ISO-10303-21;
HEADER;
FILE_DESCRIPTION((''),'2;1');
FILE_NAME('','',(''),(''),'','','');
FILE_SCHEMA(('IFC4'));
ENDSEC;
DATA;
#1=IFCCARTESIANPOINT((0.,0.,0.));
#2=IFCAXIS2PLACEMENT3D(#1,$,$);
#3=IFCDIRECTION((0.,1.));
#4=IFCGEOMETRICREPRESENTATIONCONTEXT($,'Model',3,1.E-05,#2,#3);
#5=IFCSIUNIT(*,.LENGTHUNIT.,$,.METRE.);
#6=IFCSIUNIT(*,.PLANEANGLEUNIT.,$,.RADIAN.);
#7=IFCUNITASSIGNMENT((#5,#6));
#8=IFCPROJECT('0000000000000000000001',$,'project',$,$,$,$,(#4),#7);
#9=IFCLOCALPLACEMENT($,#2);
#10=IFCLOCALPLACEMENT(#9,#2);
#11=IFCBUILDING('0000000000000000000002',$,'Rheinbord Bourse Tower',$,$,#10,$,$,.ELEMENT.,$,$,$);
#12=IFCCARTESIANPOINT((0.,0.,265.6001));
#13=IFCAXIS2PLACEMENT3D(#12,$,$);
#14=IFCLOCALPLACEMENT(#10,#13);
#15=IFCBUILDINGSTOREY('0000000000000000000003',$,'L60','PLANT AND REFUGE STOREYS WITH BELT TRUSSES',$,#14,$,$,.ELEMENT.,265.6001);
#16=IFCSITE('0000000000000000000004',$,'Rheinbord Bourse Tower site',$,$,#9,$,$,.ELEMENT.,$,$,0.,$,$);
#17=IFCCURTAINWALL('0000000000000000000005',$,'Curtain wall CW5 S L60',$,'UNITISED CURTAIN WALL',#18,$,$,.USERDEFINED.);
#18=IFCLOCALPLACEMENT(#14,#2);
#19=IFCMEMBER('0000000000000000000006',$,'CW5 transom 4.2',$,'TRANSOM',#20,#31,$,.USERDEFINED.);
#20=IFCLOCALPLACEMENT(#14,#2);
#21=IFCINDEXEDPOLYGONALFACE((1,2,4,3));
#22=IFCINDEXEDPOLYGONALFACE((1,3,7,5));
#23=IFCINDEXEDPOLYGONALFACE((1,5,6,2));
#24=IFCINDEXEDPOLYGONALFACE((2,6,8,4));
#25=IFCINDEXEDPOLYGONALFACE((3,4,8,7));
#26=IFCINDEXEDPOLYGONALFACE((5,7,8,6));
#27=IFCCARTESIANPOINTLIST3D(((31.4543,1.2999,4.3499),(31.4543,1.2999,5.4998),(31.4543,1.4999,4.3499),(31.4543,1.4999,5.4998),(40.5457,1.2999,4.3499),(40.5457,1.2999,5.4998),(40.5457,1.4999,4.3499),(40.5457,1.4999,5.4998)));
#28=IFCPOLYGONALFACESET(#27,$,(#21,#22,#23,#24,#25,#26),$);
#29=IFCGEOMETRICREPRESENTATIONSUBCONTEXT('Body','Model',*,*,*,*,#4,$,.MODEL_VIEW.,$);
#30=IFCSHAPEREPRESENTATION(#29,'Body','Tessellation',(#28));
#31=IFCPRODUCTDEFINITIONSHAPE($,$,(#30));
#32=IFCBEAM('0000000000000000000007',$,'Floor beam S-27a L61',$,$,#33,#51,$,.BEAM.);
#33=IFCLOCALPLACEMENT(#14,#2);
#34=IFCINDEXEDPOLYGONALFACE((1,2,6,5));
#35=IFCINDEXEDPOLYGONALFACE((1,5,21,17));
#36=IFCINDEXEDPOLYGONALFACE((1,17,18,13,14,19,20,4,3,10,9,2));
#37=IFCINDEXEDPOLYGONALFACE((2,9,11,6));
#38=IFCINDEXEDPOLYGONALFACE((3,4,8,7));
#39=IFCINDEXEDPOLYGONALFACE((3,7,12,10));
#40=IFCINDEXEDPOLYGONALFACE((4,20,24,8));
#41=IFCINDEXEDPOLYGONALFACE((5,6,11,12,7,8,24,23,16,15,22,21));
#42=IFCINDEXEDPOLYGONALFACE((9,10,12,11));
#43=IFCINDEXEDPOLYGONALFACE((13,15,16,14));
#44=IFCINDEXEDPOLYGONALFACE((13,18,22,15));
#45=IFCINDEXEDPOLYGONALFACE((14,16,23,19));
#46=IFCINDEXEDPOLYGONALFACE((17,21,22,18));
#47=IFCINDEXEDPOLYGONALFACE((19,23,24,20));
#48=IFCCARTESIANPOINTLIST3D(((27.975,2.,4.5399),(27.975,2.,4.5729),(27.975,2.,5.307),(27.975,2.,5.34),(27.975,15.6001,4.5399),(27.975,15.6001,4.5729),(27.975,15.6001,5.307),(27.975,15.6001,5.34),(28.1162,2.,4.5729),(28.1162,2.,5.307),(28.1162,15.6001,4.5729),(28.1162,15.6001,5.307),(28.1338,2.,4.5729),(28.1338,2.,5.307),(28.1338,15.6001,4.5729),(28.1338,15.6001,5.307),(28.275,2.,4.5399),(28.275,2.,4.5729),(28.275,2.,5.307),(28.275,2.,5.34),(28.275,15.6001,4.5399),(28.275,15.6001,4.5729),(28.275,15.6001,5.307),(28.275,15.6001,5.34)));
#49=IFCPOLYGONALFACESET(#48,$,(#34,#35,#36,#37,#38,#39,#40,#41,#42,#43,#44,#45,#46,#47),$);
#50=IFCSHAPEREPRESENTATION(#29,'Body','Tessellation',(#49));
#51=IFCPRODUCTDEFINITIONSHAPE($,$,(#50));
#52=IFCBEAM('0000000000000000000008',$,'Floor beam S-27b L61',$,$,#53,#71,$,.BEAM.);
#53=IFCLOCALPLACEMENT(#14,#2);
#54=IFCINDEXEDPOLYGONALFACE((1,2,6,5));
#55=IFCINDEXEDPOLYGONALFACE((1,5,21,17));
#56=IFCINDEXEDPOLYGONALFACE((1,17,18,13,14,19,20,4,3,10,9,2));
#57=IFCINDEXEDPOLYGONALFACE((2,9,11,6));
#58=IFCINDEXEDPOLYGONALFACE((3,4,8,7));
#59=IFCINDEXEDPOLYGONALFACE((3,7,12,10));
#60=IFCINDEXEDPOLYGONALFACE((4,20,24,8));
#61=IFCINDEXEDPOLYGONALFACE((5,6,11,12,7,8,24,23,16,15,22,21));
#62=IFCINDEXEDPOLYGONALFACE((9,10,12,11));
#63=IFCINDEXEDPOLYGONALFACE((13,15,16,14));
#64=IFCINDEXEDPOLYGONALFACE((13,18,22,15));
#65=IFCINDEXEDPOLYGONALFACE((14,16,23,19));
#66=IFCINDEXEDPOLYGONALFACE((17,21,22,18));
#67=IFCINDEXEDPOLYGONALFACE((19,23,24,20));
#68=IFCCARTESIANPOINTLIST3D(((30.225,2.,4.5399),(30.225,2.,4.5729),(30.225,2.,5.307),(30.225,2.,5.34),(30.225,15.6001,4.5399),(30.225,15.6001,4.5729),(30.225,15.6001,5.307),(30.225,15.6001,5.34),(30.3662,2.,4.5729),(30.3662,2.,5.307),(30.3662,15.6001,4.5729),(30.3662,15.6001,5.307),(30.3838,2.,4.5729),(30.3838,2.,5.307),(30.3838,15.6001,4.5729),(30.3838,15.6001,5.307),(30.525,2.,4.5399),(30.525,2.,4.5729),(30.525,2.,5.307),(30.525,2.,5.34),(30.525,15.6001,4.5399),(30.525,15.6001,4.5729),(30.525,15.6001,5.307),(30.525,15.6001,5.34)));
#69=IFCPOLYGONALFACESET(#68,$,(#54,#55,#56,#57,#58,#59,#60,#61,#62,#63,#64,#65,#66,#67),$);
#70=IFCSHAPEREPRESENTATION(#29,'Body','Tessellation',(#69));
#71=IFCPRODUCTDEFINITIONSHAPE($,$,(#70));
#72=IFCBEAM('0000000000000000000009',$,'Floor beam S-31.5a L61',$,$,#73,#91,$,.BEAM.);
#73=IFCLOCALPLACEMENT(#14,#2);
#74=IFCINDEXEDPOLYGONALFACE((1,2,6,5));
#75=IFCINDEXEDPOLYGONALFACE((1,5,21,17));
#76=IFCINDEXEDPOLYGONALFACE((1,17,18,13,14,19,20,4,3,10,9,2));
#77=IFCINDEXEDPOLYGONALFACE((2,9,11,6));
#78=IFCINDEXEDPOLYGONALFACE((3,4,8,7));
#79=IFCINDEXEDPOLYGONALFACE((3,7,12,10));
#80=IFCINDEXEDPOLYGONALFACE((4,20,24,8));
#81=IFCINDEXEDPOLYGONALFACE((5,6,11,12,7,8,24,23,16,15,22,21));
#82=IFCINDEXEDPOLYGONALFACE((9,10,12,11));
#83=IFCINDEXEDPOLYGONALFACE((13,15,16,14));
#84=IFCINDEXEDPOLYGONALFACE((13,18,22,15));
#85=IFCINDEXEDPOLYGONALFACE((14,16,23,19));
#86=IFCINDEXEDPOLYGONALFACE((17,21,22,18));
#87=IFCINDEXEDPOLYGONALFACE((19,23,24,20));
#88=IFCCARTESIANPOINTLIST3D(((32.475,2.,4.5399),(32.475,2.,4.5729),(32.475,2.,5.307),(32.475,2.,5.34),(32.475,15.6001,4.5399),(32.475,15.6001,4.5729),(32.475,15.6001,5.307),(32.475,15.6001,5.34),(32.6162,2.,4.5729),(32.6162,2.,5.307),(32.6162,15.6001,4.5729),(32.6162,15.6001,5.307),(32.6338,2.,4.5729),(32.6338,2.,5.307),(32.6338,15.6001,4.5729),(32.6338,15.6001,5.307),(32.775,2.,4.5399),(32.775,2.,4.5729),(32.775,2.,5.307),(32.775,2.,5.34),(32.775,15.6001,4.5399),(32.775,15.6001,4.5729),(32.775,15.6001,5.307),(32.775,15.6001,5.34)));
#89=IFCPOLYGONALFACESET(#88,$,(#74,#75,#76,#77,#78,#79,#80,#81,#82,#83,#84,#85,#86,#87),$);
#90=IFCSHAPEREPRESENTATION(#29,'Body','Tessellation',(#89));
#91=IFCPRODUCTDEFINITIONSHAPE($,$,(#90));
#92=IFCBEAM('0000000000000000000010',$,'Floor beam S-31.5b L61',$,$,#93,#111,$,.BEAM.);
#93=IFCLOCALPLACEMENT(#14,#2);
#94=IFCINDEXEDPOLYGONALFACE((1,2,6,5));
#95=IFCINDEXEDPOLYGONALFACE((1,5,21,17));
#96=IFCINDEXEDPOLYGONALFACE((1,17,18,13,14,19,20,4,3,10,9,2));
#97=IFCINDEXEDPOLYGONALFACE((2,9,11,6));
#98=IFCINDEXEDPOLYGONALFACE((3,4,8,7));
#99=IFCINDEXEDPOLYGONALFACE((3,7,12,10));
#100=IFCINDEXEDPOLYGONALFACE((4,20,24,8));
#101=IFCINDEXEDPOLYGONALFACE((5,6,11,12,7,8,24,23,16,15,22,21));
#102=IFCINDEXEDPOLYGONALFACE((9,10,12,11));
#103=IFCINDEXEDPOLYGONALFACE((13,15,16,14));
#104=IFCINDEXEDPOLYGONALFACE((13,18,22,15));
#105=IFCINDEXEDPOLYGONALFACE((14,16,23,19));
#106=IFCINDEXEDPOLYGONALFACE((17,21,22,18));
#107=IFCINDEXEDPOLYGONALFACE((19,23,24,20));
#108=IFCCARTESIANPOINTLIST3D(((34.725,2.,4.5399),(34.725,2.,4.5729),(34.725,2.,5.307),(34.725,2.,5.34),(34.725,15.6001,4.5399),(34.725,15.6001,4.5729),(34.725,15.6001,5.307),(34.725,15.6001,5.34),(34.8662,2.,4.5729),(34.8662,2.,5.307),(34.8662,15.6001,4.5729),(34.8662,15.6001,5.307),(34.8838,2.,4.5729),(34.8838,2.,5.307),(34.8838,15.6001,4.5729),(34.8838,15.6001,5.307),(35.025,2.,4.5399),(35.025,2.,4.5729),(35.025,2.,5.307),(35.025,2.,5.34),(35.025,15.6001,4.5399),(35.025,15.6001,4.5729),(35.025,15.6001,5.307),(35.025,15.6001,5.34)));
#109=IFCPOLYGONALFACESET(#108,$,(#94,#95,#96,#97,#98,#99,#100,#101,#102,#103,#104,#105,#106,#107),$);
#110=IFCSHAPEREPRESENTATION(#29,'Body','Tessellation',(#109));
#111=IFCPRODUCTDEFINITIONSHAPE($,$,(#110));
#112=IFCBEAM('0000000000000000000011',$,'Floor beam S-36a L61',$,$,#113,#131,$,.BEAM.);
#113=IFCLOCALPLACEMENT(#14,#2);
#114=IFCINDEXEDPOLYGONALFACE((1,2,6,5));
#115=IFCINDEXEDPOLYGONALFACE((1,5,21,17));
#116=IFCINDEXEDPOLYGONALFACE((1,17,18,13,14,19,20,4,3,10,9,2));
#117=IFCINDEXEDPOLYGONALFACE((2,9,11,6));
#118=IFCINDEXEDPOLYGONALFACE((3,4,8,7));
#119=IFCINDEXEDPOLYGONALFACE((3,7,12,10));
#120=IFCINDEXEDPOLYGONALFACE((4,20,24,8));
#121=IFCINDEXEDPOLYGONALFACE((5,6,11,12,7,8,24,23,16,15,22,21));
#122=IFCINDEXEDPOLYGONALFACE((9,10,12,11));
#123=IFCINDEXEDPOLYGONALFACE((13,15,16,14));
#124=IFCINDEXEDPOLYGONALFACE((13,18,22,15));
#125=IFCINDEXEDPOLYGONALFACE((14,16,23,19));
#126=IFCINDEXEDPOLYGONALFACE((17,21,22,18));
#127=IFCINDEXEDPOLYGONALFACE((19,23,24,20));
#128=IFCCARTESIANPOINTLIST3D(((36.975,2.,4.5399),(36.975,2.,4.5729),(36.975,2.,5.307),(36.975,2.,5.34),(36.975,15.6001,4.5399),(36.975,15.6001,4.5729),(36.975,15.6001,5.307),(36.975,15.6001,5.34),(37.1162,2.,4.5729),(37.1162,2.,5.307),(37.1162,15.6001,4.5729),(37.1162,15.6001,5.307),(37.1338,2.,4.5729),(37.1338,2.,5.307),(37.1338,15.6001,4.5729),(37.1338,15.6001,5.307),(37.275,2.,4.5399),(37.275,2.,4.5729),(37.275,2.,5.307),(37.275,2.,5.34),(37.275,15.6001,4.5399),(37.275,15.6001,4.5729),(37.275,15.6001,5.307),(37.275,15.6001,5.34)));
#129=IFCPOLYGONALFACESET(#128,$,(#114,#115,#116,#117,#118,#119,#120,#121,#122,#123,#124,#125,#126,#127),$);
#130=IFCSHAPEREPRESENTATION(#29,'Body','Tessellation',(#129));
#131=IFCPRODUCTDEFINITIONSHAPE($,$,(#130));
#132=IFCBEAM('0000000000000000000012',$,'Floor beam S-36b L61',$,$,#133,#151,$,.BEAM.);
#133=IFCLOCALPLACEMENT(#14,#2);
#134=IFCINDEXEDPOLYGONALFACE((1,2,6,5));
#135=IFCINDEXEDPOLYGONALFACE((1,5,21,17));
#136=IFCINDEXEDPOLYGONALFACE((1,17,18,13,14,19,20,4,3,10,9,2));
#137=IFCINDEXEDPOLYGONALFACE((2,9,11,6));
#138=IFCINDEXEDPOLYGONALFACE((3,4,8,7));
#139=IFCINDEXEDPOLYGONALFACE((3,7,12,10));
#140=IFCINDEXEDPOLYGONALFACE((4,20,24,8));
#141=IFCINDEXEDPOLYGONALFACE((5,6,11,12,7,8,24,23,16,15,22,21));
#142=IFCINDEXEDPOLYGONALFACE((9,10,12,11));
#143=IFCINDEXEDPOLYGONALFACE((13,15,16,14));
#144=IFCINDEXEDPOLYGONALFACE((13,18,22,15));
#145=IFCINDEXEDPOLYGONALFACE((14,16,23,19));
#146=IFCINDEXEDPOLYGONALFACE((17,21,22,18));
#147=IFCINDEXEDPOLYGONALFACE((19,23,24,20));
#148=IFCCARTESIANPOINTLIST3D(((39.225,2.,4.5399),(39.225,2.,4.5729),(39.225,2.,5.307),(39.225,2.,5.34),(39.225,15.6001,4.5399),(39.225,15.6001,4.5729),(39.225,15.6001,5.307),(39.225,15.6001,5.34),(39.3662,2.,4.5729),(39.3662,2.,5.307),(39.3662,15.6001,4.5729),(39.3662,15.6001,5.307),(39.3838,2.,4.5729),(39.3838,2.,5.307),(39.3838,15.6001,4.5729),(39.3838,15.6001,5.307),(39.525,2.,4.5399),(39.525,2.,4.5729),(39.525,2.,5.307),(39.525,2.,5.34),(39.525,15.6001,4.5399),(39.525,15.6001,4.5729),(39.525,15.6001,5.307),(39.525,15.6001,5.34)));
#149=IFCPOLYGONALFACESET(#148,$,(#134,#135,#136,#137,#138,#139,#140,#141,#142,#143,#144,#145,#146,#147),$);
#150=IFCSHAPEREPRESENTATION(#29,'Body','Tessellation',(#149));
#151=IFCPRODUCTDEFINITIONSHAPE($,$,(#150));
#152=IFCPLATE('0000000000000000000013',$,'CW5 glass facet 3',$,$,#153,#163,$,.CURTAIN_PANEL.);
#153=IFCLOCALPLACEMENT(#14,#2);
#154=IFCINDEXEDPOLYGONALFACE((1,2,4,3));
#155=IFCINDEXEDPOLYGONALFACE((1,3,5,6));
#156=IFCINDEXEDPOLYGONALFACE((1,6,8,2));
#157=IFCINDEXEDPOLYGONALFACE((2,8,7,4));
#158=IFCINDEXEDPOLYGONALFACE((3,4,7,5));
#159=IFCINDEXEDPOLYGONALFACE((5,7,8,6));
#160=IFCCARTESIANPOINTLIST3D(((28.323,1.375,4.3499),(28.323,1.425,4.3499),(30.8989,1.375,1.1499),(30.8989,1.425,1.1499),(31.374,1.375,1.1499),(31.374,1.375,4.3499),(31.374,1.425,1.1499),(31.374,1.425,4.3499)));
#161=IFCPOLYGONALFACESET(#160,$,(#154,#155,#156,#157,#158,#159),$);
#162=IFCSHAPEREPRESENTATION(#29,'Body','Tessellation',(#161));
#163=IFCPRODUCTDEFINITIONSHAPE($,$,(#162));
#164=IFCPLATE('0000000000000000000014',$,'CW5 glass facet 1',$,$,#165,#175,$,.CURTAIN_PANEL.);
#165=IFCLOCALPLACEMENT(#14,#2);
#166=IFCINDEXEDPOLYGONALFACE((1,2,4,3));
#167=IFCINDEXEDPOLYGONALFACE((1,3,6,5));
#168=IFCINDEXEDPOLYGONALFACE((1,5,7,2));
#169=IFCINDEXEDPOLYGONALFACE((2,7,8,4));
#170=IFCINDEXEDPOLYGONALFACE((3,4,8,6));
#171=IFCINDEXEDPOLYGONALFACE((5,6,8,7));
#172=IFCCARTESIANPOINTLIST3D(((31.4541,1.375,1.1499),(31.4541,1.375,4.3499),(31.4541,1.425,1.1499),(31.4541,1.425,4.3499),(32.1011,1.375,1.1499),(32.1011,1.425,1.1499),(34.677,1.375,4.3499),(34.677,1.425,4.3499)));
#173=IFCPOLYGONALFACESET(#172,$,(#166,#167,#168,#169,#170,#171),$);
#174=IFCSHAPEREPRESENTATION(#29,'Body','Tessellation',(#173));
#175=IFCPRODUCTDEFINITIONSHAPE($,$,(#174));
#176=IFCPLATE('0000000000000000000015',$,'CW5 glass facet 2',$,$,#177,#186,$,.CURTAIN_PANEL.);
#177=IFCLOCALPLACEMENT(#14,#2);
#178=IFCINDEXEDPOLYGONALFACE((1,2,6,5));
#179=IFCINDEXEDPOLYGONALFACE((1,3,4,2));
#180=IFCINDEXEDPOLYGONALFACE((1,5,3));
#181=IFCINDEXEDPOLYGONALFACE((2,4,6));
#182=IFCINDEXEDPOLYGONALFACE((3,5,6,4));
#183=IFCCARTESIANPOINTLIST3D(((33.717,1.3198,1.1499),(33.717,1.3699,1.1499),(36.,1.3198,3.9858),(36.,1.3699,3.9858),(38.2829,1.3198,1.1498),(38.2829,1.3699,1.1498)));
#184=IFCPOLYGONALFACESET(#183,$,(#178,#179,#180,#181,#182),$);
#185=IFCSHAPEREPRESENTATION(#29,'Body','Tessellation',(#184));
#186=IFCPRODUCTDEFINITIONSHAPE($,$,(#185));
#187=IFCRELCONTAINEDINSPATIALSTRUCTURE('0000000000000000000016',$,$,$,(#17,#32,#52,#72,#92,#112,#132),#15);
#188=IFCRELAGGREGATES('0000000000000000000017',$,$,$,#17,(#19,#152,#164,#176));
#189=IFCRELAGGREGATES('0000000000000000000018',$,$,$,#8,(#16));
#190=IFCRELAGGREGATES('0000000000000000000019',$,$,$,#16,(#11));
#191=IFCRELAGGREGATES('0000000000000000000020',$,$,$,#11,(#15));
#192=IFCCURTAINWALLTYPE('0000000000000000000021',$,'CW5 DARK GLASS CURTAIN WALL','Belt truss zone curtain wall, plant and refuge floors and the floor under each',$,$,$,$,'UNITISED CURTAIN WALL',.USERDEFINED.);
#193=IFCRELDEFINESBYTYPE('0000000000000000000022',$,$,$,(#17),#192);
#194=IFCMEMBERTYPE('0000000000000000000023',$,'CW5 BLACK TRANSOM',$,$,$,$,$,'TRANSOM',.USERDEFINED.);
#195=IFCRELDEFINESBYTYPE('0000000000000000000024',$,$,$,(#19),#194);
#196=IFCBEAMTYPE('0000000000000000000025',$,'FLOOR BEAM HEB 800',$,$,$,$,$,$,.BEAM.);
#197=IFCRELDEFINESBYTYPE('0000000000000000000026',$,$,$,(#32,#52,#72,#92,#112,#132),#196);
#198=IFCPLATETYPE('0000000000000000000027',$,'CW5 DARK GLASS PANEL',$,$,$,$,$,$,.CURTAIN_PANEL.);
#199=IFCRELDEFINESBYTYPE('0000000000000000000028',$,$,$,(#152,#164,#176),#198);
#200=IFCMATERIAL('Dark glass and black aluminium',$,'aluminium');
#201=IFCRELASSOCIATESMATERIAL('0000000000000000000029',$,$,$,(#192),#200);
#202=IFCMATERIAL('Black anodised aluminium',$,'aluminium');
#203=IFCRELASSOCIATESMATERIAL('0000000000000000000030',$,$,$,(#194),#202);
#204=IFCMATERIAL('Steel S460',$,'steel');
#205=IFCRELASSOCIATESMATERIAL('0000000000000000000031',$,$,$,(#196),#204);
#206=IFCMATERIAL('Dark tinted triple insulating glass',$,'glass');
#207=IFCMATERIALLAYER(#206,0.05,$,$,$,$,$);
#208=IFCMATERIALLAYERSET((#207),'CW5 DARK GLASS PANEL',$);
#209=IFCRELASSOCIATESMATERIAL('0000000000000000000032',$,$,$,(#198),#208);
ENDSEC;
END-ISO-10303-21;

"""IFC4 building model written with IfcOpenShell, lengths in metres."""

from ifc_helpers import new_model, si_unit, direction, frame, origin, origin_2d, place, context, subcontext, project, spatial, polyline, rectangle, i_section, outline, extrude, material, layer, layer_set, material_profile, profile_set, type_object, element, aggregate, save


model = new_model("IFC4")

# Units and contexts
model_context = context("Model", 3, precision=1e-05, world=origin(), true_north=direction((0.0, 1.0)))
body_context = subcontext(model_context, "Body", "Model", "MODEL_VIEW")
ifc_project = project(units=[si_unit("LENGTHUNIT", "METRE"), si_unit("PLANEANGLEUNIT", "RADIAN")], contexts=[model_context])

# Site, building, storey
site_placement = place(None, origin())
site = spatial("IfcSite", under=ifc_project, at=site_placement, Name="Rheinbord Bourse Tower site", CompositionType="ELEMENT", RefElevation=0.0)
building_placement = place(site_placement, origin())
building = spatial("IfcBuilding", under=site, at=building_placement, Name="Rheinbord Bourse Tower", CompositionType="ELEMENT")
storey_placement = place(building_placement, frame((0.0, 0.0, 265.6001)))
storey = spatial("IfcBuildingStorey", under=building, at=storey_placement, Name="L60", Description="PLANT AND REFUGE STOREYS WITH BELT TRUSSES", CompositionType="ELEMENT", Elevation=265.6001)

# Curtain wall, member
ifc_material_1 = material(Name="Dark glass and black aluminium", Category="aluminium")
curtain_wall_type = type_object("IfcCurtainWallType", Name="CW5 DARK GLASS CURTAIN WALL", Description="Belt truss zone curtain wall, plant and refuge floors and the floor under each", ElementType="UNITISED CURTAIN WALL", PredefinedType="USERDEFINED", material=ifc_material_1)
curtain_wall_placement = place(storey_placement, origin())
curtain_wall = element("IfcCurtainWall", 1, at=curtain_wall_placement, inside=storey, type_object=curtain_wall_type, Name="Curtain wall CW5 S L60", ObjectType="UNITISED CURTAIN WALL", PredefinedType="USERDEFINED")
ifc_material_2 = material(Name="Black anodised aluminium", Category="aluminium")
ifc_material_profile_1 = material_profile(ifc_material_2, rectangle(XDim=0.2, YDim=1.1499, at=origin_2d()), Name="CW5 TRANSOM 1150x200")
ifc_profile_set_1 = profile_set([ifc_material_profile_1], Name="Black anodised aluminium")
member_type_1 = type_object("IfcMemberType", Name="CW5 BLACK TRANSOM", ElementType="TRANSOM", PredefinedType="USERDEFINED", material=ifc_profile_set_1)
member_1_placement = place(storey_placement, frame((31.4543, 1.3999, 4.9248), z_axis=(1.0, 0.0, 0.0), x_axis=(0.0, 1.0, 0.0)))
member_1 = element("IfcMember", 2, at=member_1_placement, type_object=member_type_1, Name="CW5 transom 4.2", ObjectType="TRANSOM", PredefinedType="USERDEFINED", context=body_context, shape_type="SweptSolid", body=[
    extrude(rectangle(XDim=0.2, YDim=1.1499, at=origin_2d()), origin(), (0.0, 0.0, 1.0), 9.0913),
])

# Beams
ifc_material_3 = material(Name="Steel S460", Category="steel")
ifc_material_profile_2 = material_profile(ifc_material_3, i_section(OverallWidth=0.3, OverallDepth=0.8, WebThickness=0.0176, FlangeThickness=0.033, at=origin_2d()), Name="HEB 800")
ifc_profile_set_2 = profile_set([ifc_material_profile_2], Name="Steel S460")
beam_type_1 = type_object("IfcBeamType", Name="FLOOR BEAM HEB 800", PredefinedType="BEAM", material=ifc_profile_set_2)
for number, where, z_axis, x_axis, name in (
    (3, (28.125, 2.0, 4.9399), (0.0, 1.0, 0.0), (-1.0, 0.0, 0.0), "Floor beam S-27a L61"),
    (4, (30.375, 2.0, 4.9399), (0.0, 1.0, 0.0), (-1.0, 0.0, 0.0), "Floor beam S-27b L61"),
    (5, (32.625, 2.0, 4.9399), (0.0, 1.0, 0.0), (-1.0, 0.0, 0.0), "Floor beam S-31.5a L61"),
    (6, (34.875, 2.0, 4.9399), (0.0, 1.0, 0.0), (-1.0, 0.0, 0.0), "Floor beam S-31.5b L61"),
    (7, (37.125, 2.0, 4.9399), (0.0, 1.0, 0.0), (-1.0, 0.0, 0.0), "Floor beam S-36a L61"),
    (8, (39.375, 2.0, 4.9399), (0.0, 1.0, 0.0), (-1.0, 0.0, 0.0), "Floor beam S-36b L61"),
):
    element("IfcBeam", number, at=place(storey_placement, frame(where, z_axis=z_axis, x_axis=x_axis)), inside=storey, type_object=beam_type_1, Name=name, PredefinedType="BEAM", context=body_context, shape_type="SweptSolid", body=[
        extrude(i_section(OverallWidth=0.3, OverallDepth=0.8, WebThickness=0.0176, FlangeThickness=0.033, at=origin_2d()), origin(), (0.0, 0.0, 1.0), 13.6001),
    ])

# Plates
ifc_material_4 = material(Name="Dark tinted triple insulating glass", Category="glass")
ifc_layer = layer(ifc_material_4, 0.05)
ifc_layer_set = layer_set([ifc_layer], Name="CW5 DARK GLASS PANEL")
plate_type = type_object("IfcPlateType", Name="CW5 DARK GLASS PANEL", PredefinedType="CURTAIN_PANEL", material=ifc_layer_set)
plate_1_placement = place(storey_placement, frame((31.374, 1.375, 4.3499), z_axis=(0.0, 1.0, 0.0), x_axis=(0.0, 0.0, -1.0)))
plate_1 = element("IfcPlate", 9, at=plate_1_placement, type_object=plate_type, Name="CW5 glass facet 3", PredefinedType="CURTAIN_PANEL", context=body_context, shape_type="SweptSolid", body=[
    extrude(outline(polyline([(0.0, 0.0), (3.2, 0.0), (3.2, 0.4751), (0.0, 3.051), (0.0, 0.0)])), origin(), (0.0, 0.0, 1.0), 0.05),
])
plate_2_placement = place(storey_placement, frame((31.4541, 1.375, 1.1499), z_axis=(0.0, 1.0, 0.0), x_axis=(0.0, 0.0, 1.0)))
plate_2 = element("IfcPlate", 10, at=plate_2_placement, type_object=plate_type, Name="CW5 glass facet 1", PredefinedType="CURTAIN_PANEL", context=body_context, shape_type="SweptSolid", body=[
    extrude(outline(polyline([(0.0, 0.0), (3.2, 0.0), (3.2, 3.2229), (0.0, 0.647), (0.0, 0.0)])), origin(), (0.0, 0.0, 1.0), 0.05),
])
plate_3_placement = place(storey_placement, frame((33.717, 1.3198, 1.1499), z_axis=(0.0, 1.0, 0.0), x_axis=(0.627072, 0.0, 0.778961)))
plate_3 = element("IfcPlate", 11, at=plate_3_placement, type_object=plate_type, Name="CW5 glass facet 2", PredefinedType="CURTAIN_PANEL", context=body_context, shape_type="SweptSolid", body=[
    extrude(outline(polyline([(0.0, 0.0), (3.6406, 0.0), (2.863, 3.5566), (0.0, 0.0)])), origin(), (0.0, 0.0, 1.0), 0.05),
])
aggregate(curtain_wall, [member_1, plate_1, plate_2, plate_3])

save(model, "model.ifc")
